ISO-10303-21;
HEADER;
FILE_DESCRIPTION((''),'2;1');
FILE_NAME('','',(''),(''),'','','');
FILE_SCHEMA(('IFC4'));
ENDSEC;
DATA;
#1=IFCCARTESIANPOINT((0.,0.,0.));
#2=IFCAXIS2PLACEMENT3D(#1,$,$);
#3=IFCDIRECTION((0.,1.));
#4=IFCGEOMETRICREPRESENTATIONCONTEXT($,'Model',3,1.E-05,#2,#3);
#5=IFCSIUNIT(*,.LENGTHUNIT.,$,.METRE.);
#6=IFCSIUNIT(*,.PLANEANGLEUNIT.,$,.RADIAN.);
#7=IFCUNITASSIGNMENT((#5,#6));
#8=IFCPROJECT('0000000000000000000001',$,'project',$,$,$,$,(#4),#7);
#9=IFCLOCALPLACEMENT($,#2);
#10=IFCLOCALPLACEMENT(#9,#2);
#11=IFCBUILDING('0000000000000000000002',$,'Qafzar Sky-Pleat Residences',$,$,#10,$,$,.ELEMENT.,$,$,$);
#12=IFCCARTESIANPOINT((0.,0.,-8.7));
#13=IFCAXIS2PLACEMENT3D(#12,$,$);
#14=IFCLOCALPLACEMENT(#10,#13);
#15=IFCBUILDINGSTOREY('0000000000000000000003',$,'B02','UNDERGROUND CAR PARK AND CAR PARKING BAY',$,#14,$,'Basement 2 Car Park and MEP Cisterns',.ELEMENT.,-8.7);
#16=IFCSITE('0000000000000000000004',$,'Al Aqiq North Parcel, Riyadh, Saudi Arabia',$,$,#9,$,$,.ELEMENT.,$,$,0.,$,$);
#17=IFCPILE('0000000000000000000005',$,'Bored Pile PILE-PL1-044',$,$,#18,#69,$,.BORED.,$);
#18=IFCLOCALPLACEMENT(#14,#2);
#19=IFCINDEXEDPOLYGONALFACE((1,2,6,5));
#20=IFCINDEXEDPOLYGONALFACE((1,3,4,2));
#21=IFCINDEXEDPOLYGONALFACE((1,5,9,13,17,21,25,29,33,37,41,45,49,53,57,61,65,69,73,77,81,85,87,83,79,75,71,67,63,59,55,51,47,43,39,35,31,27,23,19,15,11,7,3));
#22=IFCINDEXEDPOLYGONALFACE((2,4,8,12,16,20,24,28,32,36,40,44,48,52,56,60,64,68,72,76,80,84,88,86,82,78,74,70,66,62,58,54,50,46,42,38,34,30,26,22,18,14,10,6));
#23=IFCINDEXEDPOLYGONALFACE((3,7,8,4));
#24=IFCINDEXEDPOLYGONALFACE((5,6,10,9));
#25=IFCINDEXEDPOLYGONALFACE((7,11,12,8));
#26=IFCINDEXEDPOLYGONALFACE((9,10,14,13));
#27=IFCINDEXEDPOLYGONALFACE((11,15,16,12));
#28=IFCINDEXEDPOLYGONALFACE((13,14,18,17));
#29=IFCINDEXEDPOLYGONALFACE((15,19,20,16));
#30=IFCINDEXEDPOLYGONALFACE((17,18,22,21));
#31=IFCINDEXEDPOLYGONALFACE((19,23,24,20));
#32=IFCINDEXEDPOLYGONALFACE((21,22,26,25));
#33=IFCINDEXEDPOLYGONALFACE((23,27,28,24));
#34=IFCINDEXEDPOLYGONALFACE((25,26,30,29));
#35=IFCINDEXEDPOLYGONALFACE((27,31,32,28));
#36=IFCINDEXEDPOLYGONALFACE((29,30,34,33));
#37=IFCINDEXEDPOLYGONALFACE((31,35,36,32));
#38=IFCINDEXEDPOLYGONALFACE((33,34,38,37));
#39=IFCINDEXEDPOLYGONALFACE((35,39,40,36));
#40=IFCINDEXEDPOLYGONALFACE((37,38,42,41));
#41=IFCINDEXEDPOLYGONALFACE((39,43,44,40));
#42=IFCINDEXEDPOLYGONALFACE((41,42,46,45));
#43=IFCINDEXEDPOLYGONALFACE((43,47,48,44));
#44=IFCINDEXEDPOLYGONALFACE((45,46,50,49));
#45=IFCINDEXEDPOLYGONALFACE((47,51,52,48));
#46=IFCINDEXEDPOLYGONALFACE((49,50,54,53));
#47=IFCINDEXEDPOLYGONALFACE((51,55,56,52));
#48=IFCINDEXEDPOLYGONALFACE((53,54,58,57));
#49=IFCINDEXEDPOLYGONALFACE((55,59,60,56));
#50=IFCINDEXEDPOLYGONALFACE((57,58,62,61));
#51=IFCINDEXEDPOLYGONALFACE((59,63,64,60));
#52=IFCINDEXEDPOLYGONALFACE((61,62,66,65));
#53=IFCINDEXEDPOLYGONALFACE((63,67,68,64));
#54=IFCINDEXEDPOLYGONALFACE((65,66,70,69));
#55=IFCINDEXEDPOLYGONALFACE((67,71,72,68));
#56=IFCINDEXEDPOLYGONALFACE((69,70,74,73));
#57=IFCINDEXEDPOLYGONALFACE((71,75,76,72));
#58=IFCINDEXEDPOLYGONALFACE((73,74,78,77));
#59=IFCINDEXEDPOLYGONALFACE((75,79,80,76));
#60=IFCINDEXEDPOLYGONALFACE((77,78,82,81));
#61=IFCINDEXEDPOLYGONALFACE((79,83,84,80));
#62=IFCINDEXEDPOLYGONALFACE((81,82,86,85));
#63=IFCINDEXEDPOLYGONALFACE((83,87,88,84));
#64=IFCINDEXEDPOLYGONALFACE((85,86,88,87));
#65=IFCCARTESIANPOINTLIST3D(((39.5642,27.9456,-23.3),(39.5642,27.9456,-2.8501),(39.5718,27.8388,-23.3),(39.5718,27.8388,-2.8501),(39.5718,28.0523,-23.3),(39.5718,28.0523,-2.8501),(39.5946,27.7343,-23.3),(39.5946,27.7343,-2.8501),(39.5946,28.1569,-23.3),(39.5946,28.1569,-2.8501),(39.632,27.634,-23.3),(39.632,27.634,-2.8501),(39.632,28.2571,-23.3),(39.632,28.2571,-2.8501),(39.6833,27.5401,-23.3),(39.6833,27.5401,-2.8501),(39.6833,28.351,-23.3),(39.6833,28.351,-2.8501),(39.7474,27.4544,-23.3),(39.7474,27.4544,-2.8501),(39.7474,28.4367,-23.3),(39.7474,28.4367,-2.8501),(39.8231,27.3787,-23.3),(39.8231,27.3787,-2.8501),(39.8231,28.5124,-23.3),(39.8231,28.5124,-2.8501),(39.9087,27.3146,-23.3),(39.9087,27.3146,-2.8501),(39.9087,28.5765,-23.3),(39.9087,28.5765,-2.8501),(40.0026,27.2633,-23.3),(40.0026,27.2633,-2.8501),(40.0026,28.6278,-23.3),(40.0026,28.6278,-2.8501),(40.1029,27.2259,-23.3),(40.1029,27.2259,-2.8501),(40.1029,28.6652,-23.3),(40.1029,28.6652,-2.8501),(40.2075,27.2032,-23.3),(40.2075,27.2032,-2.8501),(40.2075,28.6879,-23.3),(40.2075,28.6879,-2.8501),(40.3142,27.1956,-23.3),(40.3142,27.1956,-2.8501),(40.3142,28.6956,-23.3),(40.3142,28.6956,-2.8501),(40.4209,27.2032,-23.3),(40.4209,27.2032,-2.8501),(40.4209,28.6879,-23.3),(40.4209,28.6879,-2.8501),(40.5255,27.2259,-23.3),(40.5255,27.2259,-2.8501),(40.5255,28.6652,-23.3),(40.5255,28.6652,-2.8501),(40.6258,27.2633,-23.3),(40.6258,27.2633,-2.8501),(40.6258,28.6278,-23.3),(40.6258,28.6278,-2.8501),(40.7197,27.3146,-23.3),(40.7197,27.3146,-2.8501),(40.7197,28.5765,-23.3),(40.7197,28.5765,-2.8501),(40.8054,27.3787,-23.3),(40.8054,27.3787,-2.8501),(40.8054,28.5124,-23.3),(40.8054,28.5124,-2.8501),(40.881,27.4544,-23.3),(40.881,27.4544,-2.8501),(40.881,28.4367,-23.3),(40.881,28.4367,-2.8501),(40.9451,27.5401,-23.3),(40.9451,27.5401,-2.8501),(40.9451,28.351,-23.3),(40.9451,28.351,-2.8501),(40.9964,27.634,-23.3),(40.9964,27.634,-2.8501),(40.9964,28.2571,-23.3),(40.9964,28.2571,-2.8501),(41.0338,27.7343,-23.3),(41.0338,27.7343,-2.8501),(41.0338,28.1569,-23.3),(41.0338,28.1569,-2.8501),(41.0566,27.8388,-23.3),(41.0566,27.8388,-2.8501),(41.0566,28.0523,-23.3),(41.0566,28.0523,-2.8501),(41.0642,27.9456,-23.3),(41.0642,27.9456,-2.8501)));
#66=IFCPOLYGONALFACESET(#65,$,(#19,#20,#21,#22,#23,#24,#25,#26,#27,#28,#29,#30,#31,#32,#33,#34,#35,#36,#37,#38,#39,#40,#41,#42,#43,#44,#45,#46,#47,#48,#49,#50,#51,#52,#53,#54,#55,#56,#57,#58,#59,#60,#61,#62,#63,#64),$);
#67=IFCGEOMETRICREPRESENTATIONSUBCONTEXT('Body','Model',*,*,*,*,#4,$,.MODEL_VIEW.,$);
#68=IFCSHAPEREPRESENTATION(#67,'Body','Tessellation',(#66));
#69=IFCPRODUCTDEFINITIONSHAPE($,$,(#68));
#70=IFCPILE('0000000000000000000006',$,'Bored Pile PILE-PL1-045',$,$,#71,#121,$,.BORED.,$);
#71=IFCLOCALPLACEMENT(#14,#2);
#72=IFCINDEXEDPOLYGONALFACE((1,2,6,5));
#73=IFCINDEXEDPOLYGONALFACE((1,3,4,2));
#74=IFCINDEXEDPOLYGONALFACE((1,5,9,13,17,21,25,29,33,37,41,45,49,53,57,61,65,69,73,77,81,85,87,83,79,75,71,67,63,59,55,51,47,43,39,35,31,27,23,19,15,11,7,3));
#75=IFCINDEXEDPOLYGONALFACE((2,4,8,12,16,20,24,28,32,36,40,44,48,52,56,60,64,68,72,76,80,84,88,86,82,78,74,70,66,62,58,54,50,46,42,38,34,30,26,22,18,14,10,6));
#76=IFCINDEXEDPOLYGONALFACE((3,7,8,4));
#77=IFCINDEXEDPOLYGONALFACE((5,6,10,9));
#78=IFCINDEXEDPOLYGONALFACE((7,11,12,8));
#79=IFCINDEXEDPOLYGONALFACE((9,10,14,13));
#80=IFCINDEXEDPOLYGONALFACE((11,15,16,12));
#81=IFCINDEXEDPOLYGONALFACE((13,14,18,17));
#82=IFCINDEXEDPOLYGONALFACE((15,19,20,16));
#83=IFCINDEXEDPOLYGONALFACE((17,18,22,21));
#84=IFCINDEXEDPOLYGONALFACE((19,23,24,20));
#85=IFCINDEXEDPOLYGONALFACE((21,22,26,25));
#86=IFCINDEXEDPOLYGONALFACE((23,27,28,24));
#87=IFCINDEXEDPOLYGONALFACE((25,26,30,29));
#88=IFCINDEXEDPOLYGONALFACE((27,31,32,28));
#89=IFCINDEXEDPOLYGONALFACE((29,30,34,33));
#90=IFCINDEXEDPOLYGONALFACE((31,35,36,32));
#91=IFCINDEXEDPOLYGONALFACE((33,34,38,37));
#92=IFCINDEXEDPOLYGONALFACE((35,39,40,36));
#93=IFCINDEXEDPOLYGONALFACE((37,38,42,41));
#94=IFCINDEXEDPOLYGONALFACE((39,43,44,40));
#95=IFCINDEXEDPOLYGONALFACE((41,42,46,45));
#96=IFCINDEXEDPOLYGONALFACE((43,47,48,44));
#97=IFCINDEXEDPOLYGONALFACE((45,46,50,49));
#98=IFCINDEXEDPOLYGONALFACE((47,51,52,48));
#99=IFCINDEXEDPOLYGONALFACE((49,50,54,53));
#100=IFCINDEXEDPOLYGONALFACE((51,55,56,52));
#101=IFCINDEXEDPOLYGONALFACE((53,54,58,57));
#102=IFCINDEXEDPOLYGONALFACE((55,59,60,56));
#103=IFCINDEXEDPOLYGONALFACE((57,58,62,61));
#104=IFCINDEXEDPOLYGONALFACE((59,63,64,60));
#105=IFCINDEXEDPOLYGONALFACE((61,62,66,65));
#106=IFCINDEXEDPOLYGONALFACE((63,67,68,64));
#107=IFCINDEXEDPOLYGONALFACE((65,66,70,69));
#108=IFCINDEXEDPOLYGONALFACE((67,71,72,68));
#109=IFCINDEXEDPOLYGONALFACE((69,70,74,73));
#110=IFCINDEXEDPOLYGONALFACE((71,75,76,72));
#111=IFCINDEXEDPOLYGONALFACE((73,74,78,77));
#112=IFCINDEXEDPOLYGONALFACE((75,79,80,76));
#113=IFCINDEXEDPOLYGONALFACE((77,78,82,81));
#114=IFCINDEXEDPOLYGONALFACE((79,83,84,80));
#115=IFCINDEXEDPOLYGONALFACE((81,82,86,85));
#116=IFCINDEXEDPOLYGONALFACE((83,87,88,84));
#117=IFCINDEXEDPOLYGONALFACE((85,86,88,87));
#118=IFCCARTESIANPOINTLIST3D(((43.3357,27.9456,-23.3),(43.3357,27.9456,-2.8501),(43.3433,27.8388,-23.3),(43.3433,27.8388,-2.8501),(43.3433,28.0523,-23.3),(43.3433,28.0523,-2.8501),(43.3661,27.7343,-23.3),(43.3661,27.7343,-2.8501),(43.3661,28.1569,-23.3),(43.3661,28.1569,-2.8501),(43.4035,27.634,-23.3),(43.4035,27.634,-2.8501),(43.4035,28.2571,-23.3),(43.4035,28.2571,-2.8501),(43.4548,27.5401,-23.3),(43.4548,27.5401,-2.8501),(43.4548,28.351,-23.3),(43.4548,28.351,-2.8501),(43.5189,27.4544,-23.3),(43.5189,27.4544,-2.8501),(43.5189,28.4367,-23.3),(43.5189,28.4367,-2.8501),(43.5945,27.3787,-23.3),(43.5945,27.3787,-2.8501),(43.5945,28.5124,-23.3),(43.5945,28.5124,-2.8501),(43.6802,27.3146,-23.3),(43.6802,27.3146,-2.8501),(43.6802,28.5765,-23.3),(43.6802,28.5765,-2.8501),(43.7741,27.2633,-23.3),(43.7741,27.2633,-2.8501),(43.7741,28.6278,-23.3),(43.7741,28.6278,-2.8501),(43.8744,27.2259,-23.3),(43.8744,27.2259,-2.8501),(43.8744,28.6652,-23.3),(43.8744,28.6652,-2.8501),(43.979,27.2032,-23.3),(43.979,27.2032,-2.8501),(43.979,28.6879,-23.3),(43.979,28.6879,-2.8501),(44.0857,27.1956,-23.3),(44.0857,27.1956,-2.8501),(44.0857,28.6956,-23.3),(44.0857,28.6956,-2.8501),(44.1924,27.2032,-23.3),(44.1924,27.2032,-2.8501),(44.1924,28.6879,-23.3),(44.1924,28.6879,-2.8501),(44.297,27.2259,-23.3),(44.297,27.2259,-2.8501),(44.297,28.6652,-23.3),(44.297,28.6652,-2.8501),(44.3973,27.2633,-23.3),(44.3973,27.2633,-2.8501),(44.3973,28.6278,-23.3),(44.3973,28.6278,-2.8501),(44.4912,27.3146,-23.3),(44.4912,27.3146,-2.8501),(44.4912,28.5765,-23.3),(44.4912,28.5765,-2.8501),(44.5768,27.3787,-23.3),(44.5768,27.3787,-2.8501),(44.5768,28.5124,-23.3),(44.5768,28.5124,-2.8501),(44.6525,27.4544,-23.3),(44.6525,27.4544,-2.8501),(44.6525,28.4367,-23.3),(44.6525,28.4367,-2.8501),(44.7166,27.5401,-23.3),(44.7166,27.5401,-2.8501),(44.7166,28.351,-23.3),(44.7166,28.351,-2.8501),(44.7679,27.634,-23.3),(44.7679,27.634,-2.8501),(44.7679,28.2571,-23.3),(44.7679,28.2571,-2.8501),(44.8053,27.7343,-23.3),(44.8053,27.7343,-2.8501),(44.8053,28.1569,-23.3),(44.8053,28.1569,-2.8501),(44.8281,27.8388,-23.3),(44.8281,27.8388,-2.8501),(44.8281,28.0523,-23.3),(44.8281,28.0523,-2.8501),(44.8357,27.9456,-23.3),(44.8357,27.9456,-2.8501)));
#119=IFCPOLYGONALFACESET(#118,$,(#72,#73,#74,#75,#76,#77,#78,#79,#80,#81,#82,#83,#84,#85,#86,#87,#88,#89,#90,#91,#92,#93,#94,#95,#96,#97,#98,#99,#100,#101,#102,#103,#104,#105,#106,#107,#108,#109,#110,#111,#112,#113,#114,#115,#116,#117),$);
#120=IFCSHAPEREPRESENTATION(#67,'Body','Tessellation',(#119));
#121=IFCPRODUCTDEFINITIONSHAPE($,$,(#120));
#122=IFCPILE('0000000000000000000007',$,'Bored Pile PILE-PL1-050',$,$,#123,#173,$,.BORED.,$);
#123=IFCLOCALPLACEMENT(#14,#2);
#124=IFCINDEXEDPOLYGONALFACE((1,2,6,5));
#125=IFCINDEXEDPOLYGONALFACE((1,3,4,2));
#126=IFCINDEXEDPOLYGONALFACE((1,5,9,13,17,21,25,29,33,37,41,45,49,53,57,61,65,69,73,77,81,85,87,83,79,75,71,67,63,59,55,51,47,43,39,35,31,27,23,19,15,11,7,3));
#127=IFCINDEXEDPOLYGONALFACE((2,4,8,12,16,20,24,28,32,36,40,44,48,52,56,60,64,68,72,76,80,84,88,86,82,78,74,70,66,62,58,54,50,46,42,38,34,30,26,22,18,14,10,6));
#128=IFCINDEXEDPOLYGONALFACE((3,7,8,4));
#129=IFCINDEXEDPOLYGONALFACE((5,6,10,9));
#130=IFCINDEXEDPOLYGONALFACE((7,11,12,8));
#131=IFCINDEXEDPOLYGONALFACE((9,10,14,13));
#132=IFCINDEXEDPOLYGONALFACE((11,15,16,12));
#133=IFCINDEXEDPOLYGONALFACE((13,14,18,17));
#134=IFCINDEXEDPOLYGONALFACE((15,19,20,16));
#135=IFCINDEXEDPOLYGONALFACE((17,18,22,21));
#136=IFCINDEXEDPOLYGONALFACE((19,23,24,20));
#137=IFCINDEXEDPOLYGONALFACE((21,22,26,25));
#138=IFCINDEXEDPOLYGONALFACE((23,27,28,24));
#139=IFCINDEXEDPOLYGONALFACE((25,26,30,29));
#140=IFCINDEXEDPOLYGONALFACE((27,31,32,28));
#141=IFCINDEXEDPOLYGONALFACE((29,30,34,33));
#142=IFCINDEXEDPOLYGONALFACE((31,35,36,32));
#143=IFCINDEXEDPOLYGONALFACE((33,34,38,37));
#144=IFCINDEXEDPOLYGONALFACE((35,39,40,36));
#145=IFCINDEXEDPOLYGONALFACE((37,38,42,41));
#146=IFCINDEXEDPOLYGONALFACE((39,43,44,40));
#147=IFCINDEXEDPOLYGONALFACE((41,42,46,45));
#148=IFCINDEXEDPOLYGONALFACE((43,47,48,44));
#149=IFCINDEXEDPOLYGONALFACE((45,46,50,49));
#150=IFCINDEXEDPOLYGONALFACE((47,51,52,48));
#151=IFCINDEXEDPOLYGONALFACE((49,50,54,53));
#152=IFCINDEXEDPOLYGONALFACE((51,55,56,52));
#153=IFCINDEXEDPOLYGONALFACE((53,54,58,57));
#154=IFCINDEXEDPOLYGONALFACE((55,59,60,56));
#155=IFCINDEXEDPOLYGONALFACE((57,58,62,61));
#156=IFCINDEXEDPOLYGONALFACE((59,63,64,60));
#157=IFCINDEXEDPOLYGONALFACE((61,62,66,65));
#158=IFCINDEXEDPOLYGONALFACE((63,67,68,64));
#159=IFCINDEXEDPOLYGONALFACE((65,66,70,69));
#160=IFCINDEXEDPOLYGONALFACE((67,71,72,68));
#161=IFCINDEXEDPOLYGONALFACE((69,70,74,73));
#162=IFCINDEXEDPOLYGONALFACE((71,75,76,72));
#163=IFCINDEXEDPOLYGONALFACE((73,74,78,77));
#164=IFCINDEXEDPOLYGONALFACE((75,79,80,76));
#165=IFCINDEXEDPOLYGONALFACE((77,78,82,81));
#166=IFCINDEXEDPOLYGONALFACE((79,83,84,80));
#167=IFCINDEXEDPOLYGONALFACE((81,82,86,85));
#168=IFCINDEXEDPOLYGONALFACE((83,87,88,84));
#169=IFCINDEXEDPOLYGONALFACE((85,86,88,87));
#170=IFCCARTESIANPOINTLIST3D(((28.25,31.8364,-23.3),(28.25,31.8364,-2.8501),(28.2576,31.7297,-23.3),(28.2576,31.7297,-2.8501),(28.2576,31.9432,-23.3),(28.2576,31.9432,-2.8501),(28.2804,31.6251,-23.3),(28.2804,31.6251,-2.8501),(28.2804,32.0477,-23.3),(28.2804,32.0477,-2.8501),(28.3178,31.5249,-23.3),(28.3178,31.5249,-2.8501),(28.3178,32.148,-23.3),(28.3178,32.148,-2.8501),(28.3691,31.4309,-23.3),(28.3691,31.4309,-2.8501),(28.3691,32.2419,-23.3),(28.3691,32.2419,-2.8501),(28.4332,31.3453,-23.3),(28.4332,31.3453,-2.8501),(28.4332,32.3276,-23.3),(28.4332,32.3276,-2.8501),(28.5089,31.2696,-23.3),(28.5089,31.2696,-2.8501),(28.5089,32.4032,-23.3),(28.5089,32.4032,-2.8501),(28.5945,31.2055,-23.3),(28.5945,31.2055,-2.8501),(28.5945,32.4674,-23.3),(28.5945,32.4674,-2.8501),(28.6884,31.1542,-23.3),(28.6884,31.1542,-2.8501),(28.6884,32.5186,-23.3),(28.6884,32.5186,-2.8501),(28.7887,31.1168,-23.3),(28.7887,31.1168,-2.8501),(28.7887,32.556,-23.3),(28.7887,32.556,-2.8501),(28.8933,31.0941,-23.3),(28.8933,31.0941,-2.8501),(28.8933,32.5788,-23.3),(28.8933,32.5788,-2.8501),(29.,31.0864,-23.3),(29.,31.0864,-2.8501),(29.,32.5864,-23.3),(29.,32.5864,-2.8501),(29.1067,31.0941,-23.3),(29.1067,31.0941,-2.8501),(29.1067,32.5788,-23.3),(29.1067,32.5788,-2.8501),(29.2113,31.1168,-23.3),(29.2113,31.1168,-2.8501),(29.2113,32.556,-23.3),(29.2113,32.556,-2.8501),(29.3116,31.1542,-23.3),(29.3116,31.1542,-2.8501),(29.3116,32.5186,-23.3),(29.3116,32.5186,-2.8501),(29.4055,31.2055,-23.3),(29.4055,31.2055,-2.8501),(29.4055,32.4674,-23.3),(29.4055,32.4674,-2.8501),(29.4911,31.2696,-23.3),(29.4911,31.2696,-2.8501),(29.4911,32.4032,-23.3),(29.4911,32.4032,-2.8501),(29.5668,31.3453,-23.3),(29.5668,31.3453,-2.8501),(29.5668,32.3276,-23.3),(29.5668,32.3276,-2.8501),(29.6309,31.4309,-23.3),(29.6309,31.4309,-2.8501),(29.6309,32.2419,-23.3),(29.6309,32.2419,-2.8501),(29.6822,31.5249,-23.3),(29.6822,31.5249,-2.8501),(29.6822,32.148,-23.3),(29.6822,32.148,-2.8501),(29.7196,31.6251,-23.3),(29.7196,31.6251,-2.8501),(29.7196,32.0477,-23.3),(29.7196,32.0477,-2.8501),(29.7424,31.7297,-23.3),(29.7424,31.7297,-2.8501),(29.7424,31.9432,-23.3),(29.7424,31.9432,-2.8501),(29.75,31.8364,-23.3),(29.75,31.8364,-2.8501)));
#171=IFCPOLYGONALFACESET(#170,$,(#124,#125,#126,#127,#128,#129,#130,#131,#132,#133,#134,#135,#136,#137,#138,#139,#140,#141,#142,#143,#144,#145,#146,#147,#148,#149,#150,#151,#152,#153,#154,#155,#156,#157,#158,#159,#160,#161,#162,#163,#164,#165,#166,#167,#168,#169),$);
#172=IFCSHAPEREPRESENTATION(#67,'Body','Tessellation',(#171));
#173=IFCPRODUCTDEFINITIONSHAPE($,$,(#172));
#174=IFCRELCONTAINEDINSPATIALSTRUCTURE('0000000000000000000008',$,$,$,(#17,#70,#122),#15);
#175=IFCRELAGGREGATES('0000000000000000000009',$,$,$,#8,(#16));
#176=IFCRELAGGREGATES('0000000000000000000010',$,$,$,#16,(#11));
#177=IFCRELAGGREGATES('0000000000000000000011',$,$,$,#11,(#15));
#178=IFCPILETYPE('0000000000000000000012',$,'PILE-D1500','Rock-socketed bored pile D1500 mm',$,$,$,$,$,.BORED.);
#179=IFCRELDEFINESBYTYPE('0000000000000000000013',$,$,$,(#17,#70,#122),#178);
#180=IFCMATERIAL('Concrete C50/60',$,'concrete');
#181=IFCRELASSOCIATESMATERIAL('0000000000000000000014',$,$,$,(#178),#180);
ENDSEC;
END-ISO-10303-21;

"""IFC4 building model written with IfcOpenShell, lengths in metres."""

from ifc_helpers import new_model, si_unit, direction, frame, origin, origin_2d, place, context, subcontext, project, spatial, circle, extrude, source, transform, mapped, material, material_profile, profile_set, type_object, element, save


model = new_model("IFC4")

# Units and contexts
model_context = context("Model", 3, precision=1e-05, world=origin(), true_north=direction((0.0, 1.0)))
body_context = subcontext(model_context, "Body", "Model", "MODEL_VIEW")
ifc_project = project(units=[si_unit("LENGTHUNIT", "METRE"), si_unit("PLANEANGLEUNIT", "RADIAN")], contexts=[model_context])

# Site, building, storey
site_placement = place(None, origin())
site = spatial("IfcSite", under=ifc_project, at=site_placement, Name="Al Aqiq North Parcel, Riyadh, Saudi Arabia", CompositionType="ELEMENT", RefElevation=0.0)
building_placement = place(site_placement, origin())
building = spatial("IfcBuilding", under=site, at=building_placement, Name="Qafzar Sky-Pleat Residences", CompositionType="ELEMENT")
storey_placement = place(building_placement, frame((0.0, 0.0, -8.7)))
storey = spatial("IfcBuildingStorey", under=building, at=storey_placement, Name="B02", Description="UNDERGROUND CAR PARK AND CAR PARKING BAY", LongName="Basement 2 Car Park and MEP Cisterns", CompositionType="ELEMENT", Elevation=-8.7)

# Piles
ifc_material_1 = material(Name="Concrete C50/60", Category="concrete")
ifc_material_profile_1 = material_profile(ifc_material_1, circle(Radius=0.75, at=origin_2d()), Name="PILE D1500")
ifc_profile_set_1 = profile_set([ifc_material_profile_1], Name="Concrete C50/60")
pile_type = type_object("IfcPileType", Name="PILE-D1500", Description="Rock-socketed bored pile D1500 mm", PredefinedType="BORED", material=ifc_profile_set_1)
shared_shape_1 = source(origin(), body_context, "Body", "SweptSolid", [
    extrude(circle(Radius=0.75, at=origin_2d()), origin(), (0.0, 0.0, 1.0), 20.45),
])
for number, where, z_axis, x_axis, name in (
    (1, (40.3142, 27.9456, -2.8501), (0.0, 0.0, -1.0), (1.0, 0.0, 0.0), "Bored Pile PILE-PL1-044"),
    (2, (44.0857, 27.9456, -2.8501), (0.0, 0.0, -1.0), (1.0, 0.0, 0.0), "Bored Pile PILE-PL1-045"),
    (3, (29.0, 31.8364, -2.8501), (0.0, 0.0, -1.0), (1.0, 0.0, 0.0), "Bored Pile PILE-PL1-050"),
):
    element("IfcPile", number, at=place(storey_placement, frame(where, z_axis=z_axis, x_axis=x_axis)), inside=storey, type_object=pile_type, Name=name, PredefinedType="BORED", context=body_context, shape_type="MappedRepresentation", body=[
        mapped(shared_shape_1, transform((0.0, 0.0, 0.0), x_axis=(1.0, 0.0, 0.0), y_axis=(0.0, 1.0, 0.0), z_axis=(0.0, 0.0, 1.0), scale=1.0)),
    ])

save(model, "model.ifc")
